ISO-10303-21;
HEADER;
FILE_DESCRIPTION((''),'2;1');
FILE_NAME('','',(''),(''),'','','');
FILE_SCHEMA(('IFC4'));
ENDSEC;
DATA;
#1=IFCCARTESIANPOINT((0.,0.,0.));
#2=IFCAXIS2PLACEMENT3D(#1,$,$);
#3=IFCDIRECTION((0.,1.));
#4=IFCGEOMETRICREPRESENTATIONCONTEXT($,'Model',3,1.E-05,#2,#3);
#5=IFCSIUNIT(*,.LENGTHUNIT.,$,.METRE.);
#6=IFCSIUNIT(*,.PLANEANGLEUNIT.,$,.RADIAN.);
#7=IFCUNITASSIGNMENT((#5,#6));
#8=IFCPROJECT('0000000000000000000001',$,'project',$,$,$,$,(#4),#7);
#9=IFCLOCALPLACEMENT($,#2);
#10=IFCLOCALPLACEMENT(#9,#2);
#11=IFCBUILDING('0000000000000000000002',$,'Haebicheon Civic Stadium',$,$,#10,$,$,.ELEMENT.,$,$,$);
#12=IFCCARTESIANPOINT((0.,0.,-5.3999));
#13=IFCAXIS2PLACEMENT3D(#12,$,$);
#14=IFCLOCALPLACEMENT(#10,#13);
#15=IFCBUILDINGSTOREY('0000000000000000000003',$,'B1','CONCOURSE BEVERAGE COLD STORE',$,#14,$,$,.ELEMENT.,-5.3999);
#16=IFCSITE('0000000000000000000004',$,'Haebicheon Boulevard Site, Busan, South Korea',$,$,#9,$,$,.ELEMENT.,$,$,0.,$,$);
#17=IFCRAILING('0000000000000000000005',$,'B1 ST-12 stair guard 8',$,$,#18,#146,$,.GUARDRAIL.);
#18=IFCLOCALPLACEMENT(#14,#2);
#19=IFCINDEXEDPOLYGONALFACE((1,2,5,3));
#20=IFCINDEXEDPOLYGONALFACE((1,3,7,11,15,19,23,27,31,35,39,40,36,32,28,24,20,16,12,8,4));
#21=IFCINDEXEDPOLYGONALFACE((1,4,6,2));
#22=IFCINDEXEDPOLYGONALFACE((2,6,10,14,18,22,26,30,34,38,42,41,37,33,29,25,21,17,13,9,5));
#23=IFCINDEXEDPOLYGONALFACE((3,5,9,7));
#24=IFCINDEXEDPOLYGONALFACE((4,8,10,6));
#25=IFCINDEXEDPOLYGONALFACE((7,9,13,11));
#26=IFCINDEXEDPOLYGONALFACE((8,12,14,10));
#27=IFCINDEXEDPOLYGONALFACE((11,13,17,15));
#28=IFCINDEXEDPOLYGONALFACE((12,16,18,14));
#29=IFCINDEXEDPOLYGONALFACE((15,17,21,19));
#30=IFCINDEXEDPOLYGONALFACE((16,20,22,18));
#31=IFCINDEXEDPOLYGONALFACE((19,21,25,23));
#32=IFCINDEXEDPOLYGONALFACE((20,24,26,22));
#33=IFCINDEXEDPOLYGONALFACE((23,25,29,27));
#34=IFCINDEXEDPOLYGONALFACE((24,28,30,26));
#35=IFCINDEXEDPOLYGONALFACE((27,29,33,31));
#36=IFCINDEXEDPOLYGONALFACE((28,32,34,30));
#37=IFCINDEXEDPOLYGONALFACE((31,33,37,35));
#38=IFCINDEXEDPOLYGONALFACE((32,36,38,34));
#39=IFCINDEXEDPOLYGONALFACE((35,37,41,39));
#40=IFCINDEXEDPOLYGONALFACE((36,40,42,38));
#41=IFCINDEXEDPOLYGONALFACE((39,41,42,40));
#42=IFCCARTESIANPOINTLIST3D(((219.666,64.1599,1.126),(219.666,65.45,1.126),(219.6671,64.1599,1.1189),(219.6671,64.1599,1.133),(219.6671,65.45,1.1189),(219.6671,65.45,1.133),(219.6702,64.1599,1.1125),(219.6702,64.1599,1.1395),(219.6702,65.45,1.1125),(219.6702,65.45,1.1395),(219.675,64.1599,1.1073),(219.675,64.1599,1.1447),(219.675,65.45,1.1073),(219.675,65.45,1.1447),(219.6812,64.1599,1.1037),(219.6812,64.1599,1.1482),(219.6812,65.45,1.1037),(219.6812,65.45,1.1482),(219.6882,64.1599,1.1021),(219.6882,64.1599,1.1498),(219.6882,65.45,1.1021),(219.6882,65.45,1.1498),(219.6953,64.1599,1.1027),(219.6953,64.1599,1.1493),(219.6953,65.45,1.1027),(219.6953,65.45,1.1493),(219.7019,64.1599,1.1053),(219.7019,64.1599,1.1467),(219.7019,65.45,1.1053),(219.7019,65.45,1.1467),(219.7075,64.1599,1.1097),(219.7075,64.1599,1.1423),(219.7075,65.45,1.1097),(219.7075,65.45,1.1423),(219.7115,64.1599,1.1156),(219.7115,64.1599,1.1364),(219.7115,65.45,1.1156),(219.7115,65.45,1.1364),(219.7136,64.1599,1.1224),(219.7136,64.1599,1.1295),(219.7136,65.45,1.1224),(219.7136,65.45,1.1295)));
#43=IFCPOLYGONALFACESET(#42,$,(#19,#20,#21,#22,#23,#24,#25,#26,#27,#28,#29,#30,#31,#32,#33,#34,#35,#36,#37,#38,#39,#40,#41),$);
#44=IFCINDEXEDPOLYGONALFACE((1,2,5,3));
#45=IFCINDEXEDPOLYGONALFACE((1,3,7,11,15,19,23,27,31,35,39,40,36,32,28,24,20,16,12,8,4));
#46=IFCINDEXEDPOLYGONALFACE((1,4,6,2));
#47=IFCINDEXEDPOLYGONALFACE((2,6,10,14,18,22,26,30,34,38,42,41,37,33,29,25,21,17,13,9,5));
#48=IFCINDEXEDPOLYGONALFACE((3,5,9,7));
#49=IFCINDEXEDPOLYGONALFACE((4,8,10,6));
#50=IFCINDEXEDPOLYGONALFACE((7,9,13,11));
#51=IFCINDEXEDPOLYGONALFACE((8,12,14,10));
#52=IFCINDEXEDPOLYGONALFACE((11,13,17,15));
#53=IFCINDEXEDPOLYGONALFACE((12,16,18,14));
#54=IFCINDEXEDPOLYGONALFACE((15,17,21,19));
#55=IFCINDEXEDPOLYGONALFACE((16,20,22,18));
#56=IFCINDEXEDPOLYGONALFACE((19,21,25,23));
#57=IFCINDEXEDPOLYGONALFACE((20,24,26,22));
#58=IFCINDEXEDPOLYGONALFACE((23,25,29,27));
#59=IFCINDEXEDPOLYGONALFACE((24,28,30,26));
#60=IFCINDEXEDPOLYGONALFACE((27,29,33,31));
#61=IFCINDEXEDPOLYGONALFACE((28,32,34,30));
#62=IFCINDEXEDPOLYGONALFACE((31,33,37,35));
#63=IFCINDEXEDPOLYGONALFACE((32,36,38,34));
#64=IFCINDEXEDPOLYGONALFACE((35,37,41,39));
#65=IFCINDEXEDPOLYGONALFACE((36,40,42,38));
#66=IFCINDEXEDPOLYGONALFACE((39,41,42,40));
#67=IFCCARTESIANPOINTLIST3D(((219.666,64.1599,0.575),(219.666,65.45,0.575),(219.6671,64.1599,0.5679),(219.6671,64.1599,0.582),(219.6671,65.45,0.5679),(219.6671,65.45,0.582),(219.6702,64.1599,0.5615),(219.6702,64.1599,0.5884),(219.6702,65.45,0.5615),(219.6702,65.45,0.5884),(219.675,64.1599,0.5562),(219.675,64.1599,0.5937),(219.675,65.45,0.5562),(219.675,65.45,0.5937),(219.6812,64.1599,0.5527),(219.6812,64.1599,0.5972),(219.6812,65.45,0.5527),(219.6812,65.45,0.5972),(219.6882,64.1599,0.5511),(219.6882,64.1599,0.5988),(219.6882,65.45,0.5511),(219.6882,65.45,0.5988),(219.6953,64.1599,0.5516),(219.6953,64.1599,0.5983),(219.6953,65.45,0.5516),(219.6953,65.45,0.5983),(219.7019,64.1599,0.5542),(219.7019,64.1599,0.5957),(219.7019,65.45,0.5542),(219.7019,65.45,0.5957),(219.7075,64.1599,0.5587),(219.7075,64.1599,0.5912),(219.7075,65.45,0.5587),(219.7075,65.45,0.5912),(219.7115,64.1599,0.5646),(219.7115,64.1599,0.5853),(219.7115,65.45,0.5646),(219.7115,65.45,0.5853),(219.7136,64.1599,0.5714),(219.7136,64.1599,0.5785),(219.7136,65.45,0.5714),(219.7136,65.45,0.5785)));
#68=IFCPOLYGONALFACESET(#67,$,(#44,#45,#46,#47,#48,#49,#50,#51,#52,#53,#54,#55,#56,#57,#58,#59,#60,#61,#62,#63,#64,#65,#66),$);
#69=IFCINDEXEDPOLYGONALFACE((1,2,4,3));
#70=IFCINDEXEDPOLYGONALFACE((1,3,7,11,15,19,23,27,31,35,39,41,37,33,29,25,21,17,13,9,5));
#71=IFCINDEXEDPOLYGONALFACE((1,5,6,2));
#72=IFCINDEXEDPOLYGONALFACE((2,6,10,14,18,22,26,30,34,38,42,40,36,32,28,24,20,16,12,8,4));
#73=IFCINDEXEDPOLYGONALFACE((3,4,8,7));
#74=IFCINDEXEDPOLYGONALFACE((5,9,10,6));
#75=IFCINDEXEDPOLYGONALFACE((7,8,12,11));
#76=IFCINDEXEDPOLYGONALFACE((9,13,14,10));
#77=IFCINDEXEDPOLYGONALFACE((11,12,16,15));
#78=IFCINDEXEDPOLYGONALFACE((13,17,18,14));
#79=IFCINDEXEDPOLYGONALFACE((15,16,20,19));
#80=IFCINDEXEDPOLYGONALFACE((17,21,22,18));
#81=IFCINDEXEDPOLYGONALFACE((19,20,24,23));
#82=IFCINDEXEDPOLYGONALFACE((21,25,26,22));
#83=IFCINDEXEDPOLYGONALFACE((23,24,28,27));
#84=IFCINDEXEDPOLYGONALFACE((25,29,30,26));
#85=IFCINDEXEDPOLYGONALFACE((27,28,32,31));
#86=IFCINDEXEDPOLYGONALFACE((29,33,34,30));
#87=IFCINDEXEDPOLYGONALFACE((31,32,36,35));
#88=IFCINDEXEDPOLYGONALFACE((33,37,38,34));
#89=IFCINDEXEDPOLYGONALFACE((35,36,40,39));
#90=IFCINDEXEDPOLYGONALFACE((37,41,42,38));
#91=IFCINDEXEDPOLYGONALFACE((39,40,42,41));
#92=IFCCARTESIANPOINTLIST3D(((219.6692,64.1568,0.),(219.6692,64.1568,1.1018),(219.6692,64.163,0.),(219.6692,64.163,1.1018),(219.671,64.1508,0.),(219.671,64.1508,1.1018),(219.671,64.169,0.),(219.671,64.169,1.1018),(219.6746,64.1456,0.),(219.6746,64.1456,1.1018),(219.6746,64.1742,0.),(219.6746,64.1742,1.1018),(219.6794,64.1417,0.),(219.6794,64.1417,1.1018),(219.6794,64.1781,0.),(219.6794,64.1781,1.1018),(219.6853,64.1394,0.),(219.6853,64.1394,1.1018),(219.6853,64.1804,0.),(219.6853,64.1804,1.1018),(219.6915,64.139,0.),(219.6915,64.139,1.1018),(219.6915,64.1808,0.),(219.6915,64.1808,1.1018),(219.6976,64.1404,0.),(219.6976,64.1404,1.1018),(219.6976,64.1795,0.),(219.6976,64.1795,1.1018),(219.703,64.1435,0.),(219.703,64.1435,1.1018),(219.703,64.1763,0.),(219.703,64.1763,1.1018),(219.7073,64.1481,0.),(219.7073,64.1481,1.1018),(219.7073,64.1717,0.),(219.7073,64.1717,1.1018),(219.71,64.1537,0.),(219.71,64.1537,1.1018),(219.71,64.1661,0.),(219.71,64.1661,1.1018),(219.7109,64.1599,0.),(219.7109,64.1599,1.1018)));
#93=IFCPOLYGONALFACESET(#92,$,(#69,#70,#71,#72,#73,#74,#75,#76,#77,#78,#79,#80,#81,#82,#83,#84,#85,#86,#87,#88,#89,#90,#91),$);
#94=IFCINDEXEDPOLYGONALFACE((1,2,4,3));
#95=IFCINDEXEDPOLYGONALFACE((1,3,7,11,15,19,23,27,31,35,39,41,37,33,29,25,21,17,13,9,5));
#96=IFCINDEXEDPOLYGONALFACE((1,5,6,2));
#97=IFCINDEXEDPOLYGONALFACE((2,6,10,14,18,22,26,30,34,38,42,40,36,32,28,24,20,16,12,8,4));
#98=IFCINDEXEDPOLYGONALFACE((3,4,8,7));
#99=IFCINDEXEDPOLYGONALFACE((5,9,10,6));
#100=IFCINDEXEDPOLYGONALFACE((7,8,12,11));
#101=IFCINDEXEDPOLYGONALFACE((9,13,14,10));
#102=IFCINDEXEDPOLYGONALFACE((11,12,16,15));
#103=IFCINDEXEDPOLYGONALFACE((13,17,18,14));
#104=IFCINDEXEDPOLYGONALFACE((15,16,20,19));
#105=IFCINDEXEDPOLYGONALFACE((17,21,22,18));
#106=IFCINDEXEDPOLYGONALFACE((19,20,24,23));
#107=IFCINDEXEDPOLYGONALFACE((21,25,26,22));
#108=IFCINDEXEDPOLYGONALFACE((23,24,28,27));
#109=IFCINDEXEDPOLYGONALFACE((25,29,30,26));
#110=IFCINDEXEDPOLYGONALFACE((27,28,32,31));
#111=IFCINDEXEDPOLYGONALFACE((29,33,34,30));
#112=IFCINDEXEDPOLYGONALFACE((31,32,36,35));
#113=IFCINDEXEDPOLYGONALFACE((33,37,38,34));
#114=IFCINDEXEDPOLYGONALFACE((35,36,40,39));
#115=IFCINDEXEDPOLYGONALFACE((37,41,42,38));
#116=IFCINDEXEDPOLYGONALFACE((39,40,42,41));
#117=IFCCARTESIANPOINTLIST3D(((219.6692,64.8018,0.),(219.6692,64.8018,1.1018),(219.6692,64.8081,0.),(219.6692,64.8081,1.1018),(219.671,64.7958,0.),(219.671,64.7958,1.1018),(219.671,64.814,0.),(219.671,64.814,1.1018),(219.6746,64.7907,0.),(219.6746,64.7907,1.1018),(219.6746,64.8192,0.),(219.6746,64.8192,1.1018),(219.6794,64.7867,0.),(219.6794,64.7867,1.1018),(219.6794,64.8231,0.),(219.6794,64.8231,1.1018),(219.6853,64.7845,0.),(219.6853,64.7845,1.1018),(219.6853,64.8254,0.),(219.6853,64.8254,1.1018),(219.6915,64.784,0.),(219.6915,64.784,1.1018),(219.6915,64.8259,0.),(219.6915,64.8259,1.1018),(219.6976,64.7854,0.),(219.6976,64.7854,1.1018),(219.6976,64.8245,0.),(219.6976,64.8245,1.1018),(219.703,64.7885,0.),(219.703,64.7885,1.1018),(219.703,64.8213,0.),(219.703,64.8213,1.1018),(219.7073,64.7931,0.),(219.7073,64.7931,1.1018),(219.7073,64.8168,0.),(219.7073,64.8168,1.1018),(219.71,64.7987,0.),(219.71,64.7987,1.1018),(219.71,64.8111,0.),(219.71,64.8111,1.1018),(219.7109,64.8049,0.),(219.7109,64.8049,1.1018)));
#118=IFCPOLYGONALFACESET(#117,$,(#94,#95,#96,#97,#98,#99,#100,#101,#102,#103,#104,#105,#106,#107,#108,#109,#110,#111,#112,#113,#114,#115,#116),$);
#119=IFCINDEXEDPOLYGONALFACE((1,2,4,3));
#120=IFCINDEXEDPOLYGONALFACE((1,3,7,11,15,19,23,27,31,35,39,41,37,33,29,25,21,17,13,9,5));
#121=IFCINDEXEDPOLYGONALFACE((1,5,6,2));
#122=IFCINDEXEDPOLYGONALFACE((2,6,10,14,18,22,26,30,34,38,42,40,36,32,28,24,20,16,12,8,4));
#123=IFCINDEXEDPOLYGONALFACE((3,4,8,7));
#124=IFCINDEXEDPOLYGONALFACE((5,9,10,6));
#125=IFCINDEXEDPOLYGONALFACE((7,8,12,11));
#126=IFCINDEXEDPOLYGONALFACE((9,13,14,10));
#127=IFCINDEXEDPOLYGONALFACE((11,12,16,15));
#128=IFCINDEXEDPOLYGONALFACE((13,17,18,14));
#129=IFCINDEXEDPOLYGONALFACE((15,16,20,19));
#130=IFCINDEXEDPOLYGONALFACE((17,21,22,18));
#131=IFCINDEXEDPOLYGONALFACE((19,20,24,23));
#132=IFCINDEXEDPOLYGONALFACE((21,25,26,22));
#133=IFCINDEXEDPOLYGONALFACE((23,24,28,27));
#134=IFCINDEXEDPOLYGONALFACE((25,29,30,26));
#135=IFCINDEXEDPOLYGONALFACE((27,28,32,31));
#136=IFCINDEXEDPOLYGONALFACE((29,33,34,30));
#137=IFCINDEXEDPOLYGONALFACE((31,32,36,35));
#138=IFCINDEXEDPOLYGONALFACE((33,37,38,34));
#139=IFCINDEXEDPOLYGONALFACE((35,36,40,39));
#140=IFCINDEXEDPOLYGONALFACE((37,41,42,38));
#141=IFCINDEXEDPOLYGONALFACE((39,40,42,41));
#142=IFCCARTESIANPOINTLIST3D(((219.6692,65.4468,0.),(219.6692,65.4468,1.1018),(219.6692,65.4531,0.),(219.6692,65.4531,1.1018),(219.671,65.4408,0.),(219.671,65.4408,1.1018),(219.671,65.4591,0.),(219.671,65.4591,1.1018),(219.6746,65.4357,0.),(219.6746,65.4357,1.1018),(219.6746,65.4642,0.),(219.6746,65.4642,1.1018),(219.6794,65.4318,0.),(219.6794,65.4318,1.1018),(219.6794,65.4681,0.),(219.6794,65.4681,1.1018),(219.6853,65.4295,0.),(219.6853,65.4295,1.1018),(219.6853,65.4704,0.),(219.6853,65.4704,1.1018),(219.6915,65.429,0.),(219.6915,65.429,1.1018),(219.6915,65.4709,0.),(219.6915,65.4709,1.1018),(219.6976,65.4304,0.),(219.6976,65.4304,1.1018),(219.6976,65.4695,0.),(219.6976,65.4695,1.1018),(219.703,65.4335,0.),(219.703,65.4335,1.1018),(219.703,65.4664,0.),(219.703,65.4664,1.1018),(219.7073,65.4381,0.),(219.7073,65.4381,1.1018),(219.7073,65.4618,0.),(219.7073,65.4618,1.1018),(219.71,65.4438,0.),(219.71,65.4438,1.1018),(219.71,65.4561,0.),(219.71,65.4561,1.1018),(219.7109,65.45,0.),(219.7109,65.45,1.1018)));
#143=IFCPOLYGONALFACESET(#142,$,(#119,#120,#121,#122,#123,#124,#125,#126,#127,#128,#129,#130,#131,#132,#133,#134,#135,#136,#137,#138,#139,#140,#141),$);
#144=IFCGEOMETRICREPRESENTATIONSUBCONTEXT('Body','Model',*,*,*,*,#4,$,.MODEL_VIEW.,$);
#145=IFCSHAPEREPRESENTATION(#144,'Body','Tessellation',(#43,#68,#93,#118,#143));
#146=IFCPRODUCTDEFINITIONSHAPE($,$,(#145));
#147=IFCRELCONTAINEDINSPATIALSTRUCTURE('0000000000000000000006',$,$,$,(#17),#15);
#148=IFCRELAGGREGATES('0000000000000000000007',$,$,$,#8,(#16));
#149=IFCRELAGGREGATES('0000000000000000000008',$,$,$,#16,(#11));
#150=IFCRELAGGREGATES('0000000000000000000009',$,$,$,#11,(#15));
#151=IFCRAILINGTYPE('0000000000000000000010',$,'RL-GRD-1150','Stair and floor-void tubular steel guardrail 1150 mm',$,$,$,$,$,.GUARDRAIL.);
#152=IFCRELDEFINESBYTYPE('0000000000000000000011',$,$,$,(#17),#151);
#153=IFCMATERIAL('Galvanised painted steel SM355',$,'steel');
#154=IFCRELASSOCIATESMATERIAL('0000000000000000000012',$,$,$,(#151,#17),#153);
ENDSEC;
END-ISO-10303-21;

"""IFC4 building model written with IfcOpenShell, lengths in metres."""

from ifc_helpers import new_model, si_unit, direction, frame, origin, origin_2d, place, context, subcontext, project, spatial, circle, extrude, material, type_object, element, save


model = new_model("IFC4")

# Units and contexts
model_context = context("Model", 3, precision=1e-05, world=origin(), true_north=direction((0.0, 1.0)))
body_context = subcontext(model_context, "Body", "Model", "MODEL_VIEW")
ifc_project = project(units=[si_unit("LENGTHUNIT", "METRE"), si_unit("PLANEANGLEUNIT", "RADIAN")], contexts=[model_context])

# Site, building, storey
site_placement = place(None, origin())
site = spatial("IfcSite", under=ifc_project, at=site_placement, Name="Haebicheon Boulevard Site, Busan, South Korea", CompositionType="ELEMENT", RefElevation=0.0)
building_placement = place(site_placement, origin())
building = spatial("IfcBuilding", under=site, at=building_placement, Name="Haebicheon Civic Stadium", CompositionType="ELEMENT")
storey_placement = place(building_placement, frame((0.0, 0.0, -5.3999)))
storey = spatial("IfcBuildingStorey", under=building, at=storey_placement, Name="B1", Description="CONCOURSE BEVERAGE COLD STORE", CompositionType="ELEMENT", Elevation=-5.3999)

# Railing
ifc_material_1 = material(Name="Galvanised painted steel SM355", Category="steel")
railing_type = type_object("IfcRailingType", Name="RL-GRD-1150", Description="Stair and floor-void tubular steel guardrail 1150 mm", PredefinedType="GUARDRAIL", material=ifc_material_1)
for number, where, name in (
    (1, (219.6899, 64.1599, 0.0), "B1 ST-12 stair guard 8"),
):
    element("IfcRailing", number, at=place(storey_placement, frame(where)), inside=storey, type_object=railing_type, material=ifc_material_1, Name=name, PredefinedType="GUARDRAIL", context=body_context, shape_type="SweptSolid", body=[
        extrude(circle(Radius=0.0239, at=origin_2d()), frame((0.0, 0.0, 1.126), z_axis=(0.0, 1.0, 0.0), x_axis=(-1.0, 0.0, 0.0)), (0.0, 0.0, 1.0), 1.29),
        extrude(circle(Radius=0.0239, at=origin_2d()), frame((0.0, 0.0, 0.575), z_axis=(0.0, 1.0, 0.0), x_axis=(-1.0, 0.0, 0.0)), (0.0, 0.0, 1.0), 1.29),
        extrude(circle(Radius=0.021, at=origin_2d()), origin(), (0.0, 0.0, 1.0), 1.1018),
        extrude(circle(Radius=0.021, at=origin_2d()), frame((0.0, 0.645, 0.0)), (0.0, 0.0, 1.0), 1.1018),
        extrude(circle(Radius=0.021, at=origin_2d()), frame((0.0, 1.29, 0.0)), (0.0, 0.0, 1.0), 1.1018),
    ])

save(model, "model.ifc")
